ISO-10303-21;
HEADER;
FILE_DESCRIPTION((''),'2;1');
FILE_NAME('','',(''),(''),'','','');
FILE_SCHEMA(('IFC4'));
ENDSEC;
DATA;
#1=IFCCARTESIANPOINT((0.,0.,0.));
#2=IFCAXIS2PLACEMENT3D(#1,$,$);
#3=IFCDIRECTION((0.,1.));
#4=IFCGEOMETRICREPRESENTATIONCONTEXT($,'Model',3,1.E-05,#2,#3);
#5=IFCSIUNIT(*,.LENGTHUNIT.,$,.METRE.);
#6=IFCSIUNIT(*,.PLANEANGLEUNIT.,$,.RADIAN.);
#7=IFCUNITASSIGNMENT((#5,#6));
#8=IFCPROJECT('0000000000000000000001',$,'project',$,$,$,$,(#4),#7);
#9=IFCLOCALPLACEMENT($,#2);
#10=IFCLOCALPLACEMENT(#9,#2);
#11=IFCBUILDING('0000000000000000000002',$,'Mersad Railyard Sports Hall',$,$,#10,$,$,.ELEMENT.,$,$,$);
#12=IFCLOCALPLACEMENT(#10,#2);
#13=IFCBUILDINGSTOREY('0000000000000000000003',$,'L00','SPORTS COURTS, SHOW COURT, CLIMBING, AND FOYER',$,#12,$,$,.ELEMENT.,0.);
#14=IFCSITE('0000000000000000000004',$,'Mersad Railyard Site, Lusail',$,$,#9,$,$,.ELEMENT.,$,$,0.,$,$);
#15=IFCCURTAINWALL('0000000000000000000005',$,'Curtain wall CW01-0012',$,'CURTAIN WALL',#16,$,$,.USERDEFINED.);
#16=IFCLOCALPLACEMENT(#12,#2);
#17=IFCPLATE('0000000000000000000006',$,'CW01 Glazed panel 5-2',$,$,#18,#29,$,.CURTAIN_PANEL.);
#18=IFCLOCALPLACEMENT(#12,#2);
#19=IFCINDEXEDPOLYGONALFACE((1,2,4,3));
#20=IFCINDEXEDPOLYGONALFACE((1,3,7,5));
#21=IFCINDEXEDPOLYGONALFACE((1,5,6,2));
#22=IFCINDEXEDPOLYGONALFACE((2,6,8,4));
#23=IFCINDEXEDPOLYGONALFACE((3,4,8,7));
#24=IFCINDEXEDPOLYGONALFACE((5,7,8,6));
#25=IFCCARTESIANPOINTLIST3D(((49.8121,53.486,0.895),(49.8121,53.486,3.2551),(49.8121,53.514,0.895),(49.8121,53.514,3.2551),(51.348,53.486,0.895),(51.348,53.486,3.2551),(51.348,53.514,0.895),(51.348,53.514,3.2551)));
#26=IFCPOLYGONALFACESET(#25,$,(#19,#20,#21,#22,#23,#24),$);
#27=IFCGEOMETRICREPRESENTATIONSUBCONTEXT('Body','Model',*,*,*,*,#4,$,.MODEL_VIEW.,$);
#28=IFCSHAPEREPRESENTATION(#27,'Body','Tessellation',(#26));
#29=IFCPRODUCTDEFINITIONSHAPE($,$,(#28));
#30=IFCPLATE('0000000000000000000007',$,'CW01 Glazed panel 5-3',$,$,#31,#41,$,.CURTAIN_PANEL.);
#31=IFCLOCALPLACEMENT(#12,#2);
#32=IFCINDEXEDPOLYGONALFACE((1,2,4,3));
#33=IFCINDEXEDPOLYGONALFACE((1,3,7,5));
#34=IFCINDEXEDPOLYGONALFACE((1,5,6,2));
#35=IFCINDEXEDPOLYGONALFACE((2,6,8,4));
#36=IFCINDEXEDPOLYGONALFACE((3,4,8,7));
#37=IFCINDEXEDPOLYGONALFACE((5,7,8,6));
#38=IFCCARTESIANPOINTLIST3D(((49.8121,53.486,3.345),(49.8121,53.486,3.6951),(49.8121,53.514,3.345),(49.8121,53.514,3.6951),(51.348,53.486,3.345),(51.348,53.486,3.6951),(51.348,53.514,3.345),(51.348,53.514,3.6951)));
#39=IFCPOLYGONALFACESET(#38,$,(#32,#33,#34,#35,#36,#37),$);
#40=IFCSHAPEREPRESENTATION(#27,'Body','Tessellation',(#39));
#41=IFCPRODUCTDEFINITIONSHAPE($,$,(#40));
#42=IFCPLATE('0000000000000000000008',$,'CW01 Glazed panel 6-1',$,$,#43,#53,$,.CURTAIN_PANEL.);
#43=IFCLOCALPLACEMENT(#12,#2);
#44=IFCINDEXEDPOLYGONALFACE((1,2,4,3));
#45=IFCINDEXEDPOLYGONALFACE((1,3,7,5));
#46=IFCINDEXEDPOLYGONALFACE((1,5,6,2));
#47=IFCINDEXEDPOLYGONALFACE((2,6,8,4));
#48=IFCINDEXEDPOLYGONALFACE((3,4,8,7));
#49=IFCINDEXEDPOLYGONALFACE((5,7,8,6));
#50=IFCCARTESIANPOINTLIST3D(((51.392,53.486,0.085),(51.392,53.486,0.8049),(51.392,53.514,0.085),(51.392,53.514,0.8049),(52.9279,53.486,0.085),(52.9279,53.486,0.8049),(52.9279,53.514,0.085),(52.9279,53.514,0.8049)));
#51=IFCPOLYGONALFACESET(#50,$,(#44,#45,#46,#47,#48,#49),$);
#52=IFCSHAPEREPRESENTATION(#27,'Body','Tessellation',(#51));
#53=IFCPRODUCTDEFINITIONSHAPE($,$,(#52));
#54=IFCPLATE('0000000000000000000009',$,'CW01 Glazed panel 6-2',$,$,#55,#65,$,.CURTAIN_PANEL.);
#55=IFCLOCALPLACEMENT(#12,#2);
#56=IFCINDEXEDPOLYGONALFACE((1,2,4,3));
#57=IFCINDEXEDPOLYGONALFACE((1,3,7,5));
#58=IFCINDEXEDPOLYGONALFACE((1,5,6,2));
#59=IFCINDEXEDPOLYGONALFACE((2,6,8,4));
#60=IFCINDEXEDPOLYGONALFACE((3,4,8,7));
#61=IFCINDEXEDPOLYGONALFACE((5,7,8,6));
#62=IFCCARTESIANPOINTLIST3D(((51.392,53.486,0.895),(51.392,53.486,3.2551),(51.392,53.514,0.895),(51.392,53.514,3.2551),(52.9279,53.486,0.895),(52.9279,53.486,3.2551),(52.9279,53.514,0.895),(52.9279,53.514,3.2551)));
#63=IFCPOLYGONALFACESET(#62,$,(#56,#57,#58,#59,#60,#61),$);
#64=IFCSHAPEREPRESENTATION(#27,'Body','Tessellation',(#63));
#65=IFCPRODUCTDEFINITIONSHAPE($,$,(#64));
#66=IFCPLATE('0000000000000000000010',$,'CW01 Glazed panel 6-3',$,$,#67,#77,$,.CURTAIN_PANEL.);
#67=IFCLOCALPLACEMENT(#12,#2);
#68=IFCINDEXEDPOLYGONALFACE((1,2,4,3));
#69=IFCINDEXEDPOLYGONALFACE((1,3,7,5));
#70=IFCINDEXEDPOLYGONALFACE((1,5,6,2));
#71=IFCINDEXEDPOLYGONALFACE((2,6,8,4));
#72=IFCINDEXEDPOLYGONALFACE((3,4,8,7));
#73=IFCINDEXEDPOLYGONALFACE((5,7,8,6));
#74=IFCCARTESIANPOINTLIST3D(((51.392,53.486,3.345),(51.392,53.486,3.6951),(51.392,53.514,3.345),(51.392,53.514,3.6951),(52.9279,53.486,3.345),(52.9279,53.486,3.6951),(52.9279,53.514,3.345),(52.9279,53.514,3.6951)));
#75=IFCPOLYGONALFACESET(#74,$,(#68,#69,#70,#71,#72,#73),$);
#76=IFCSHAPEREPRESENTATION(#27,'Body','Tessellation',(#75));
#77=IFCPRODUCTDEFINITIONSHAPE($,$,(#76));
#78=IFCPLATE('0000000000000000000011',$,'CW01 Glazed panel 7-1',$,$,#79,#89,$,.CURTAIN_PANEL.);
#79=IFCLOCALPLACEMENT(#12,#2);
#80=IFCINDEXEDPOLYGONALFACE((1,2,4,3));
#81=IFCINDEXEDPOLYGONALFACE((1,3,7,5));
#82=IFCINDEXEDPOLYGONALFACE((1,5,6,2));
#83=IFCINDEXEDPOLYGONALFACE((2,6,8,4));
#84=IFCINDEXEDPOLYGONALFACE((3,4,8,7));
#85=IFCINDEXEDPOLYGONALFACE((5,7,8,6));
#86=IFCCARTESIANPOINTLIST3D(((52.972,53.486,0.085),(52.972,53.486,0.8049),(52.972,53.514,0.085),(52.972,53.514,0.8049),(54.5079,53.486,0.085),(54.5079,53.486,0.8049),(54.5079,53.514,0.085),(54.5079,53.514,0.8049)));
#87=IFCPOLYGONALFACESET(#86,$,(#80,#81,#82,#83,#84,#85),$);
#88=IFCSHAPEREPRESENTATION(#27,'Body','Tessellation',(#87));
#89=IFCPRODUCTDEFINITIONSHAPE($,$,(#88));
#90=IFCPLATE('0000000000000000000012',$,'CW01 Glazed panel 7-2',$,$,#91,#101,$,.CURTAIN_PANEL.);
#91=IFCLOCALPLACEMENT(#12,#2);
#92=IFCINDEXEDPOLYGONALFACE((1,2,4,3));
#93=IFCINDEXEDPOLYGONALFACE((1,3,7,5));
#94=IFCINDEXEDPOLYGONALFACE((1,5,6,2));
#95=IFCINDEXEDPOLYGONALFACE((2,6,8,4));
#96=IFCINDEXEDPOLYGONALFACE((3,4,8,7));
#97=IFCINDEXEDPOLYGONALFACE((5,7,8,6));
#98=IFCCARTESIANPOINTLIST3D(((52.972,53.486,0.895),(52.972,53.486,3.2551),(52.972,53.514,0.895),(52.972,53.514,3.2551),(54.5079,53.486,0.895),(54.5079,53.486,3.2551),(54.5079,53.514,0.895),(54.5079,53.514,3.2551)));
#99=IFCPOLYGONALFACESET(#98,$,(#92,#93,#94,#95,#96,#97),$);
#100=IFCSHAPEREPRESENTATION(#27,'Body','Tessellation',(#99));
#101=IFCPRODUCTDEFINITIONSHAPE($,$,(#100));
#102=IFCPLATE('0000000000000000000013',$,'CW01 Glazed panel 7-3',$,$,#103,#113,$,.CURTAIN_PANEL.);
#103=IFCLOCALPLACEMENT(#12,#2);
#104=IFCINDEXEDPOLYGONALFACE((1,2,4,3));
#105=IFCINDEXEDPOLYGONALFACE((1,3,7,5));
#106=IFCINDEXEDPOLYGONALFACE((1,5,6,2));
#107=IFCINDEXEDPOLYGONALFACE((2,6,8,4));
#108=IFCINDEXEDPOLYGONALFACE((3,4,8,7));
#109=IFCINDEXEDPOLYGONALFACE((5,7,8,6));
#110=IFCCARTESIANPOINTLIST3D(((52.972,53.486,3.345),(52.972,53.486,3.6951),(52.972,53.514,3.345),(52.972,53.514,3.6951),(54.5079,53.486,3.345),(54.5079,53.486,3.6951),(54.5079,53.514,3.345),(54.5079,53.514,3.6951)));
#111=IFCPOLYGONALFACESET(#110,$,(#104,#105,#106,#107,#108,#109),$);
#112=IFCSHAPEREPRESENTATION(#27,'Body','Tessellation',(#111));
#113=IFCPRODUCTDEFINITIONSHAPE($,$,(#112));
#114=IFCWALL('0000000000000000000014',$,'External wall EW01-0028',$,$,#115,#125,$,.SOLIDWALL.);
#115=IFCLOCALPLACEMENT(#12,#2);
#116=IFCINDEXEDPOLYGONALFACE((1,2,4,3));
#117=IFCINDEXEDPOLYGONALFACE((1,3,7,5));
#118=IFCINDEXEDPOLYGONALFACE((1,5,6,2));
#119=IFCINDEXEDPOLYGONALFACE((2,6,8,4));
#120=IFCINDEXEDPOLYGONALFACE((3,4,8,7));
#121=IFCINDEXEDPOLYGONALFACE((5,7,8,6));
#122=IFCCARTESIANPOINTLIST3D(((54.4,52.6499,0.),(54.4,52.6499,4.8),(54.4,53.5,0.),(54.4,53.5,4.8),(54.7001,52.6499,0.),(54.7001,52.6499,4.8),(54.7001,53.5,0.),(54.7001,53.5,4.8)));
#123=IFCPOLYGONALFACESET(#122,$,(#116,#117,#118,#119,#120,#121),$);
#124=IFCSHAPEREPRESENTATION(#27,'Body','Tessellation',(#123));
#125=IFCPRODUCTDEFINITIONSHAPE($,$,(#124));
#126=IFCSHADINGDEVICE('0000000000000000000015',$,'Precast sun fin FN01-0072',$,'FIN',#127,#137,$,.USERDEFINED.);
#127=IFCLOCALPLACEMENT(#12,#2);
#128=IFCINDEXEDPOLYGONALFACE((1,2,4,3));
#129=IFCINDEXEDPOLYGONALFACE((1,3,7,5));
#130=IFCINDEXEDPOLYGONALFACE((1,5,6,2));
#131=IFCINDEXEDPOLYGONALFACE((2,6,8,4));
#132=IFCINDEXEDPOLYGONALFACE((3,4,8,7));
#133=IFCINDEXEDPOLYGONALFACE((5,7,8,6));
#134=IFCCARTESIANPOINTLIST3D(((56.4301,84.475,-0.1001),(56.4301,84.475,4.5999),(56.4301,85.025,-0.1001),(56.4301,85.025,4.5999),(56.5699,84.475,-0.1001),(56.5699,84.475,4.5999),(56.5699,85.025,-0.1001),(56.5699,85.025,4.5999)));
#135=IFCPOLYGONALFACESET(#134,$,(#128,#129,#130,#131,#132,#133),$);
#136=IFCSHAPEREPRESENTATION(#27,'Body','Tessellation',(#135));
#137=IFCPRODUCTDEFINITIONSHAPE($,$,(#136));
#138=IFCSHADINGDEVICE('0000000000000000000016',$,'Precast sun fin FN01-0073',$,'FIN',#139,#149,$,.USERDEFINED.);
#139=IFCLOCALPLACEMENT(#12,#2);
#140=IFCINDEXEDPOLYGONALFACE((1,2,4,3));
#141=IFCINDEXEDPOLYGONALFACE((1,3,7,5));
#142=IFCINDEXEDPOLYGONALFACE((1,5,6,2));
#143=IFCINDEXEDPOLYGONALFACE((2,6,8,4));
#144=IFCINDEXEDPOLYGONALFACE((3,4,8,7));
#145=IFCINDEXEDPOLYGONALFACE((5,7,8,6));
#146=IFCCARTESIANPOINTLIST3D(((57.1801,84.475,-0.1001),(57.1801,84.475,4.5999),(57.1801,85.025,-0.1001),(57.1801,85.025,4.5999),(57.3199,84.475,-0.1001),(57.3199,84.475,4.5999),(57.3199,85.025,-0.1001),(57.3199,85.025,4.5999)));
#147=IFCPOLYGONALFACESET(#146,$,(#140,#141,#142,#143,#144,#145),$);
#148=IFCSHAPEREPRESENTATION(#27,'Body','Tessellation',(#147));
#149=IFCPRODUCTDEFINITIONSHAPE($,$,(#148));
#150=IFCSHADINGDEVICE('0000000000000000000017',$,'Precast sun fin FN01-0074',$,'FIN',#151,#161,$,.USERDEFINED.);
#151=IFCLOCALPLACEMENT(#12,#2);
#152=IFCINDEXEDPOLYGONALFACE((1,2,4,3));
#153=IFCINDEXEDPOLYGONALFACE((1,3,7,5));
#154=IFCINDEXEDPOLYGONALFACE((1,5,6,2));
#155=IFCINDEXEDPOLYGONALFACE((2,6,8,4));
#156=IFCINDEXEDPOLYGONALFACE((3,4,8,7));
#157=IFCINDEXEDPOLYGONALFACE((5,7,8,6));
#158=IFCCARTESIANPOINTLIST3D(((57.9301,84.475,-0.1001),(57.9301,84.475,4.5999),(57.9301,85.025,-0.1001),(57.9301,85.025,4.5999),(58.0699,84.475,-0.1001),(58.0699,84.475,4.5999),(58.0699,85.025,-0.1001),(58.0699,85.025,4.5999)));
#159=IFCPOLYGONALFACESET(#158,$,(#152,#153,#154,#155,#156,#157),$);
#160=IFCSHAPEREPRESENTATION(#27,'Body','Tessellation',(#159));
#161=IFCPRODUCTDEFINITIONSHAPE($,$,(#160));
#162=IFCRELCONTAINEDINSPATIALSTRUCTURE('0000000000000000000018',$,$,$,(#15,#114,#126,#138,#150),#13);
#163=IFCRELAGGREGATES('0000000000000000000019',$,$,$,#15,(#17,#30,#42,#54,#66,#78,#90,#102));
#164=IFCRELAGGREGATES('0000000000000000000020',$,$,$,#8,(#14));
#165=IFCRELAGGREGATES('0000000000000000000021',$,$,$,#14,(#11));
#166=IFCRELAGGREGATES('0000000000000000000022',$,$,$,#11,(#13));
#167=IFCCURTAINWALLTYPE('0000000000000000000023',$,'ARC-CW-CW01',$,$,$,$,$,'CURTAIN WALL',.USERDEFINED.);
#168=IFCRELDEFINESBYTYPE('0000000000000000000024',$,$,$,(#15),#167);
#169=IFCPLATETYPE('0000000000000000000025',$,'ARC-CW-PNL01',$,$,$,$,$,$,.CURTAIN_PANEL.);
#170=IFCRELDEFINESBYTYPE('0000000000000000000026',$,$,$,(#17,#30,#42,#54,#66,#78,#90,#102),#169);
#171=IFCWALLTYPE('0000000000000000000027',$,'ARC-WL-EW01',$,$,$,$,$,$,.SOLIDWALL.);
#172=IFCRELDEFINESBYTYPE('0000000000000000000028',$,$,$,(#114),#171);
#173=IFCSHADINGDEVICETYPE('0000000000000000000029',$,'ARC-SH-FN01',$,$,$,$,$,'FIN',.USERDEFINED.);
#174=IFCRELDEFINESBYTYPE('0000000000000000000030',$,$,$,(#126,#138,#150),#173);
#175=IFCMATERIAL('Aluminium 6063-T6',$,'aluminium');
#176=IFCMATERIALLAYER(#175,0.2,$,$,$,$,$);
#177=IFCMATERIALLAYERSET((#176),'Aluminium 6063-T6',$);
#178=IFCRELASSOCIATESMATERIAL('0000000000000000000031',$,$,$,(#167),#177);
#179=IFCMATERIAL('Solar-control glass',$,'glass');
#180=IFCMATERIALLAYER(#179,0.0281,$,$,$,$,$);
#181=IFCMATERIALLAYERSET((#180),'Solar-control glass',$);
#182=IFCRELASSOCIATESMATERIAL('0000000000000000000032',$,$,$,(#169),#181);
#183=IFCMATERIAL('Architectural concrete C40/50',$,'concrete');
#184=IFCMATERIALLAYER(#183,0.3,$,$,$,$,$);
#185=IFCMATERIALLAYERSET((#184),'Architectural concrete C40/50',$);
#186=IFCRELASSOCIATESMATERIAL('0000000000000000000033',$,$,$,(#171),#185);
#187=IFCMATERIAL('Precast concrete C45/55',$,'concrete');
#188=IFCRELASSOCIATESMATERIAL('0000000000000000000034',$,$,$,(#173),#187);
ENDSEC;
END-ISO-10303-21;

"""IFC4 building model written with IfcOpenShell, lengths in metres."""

from ifc_helpers import new_model, si_unit, direction, frame, frame_2d, origin, origin_2d, place, context, subcontext, project, spatial, rectangle, extrude, material, layer, layer_set, type_object, element, aggregate, save


model = new_model("IFC4")

# Units and contexts
model_context = context("Model", 3, precision=1e-05, world=origin(), true_north=direction((0.0, 1.0)))
body_context = subcontext(model_context, "Body", "Model", "MODEL_VIEW")
ifc_project = project(units=[si_unit("LENGTHUNIT", "METRE"), si_unit("PLANEANGLEUNIT", "RADIAN")], contexts=[model_context])

# Site, building, storey
site_placement = place(None, origin())
site = spatial("IfcSite", under=ifc_project, at=site_placement, Name="Mersad Railyard Site, Lusail", CompositionType="ELEMENT", RefElevation=0.0)
building_placement = place(site_placement, origin())
building = spatial("IfcBuilding", under=site, at=building_placement, Name="Mersad Railyard Sports Hall", CompositionType="ELEMENT")
storey_placement = place(building_placement, origin())
storey = spatial("IfcBuildingStorey", under=building, at=storey_placement, Name="L00", Description="SPORTS COURTS, SHOW COURT, CLIMBING, AND FOYER", CompositionType="ELEMENT", Elevation=0.0)

# Curtain wall
ifc_material_1 = material(Name="Aluminium 6063-T6", Category="aluminium")
ifc_layer_1 = layer(ifc_material_1, 0.2)
ifc_layer_set_1 = layer_set([ifc_layer_1], Name="Aluminium 6063-T6")
curtain_wall_type = type_object("IfcCurtainWallType", Name="ARC-CW-CW01", ElementType="CURTAIN WALL", PredefinedType="USERDEFINED", material=ifc_layer_set_1)
curtain_wall_placement = place(storey_placement, origin())
curtain_wall = element("IfcCurtainWall", 1, at=curtain_wall_placement, inside=storey, type_object=curtain_wall_type, Name="Curtain wall CW01-0012", ObjectType="CURTAIN WALL", PredefinedType="USERDEFINED")

# Plates
ifc_material_2 = material(Name="Solar-control glass", Category="glass")
ifc_layer_2 = layer(ifc_material_2, 0.0281)
ifc_layer_set_2 = layer_set([ifc_layer_2], Name="Solar-control glass")
plate_type = type_object("IfcPlateType", Name="ARC-CW-PNL01", PredefinedType="CURTAIN_PANEL", material=ifc_layer_set_2)
plate_1_placement = place(storey_placement, frame((50.5801, 53.5, 0.895), z_axis=(0.0, 0.0, 1.0), x_axis=(1.0, 0.0, 0.0)))
plate_1 = element("IfcPlate", 2, at=plate_1_placement, type_object=plate_type, Name="CW01 Glazed panel 5-2", PredefinedType="CURTAIN_PANEL", context=body_context, shape_type="SweptSolid", body=[
    extrude(rectangle(XDim=1.5359, YDim=0.0281, at=origin_2d()), origin(), (0.0, 0.0, 1.0), 2.3601),
])
plate_2_placement = place(storey_placement, frame((50.5801, 53.5, 3.345), z_axis=(0.0, 0.0, 1.0), x_axis=(1.0, 0.0, 0.0)))
plate_2 = element("IfcPlate", 3, at=plate_2_placement, type_object=plate_type, Name="CW01 Glazed panel 5-3", PredefinedType="CURTAIN_PANEL", context=body_context, shape_type="SweptSolid", body=[
    extrude(rectangle(XDim=1.5359, YDim=0.0281, at=origin_2d()), origin(), (0.0, 0.0, 1.0), 0.3501),
])
plate_3_placement = place(storey_placement, frame((52.1599, 53.5, 0.085), z_axis=(0.0, 0.0, 1.0), x_axis=(1.0, 0.0, 0.0)))
plate_3 = element("IfcPlate", 4, at=plate_3_placement, type_object=plate_type, Name="CW01 Glazed panel 6-1", PredefinedType="CURTAIN_PANEL", context=body_context, shape_type="SweptSolid", body=[
    extrude(rectangle(XDim=1.5359, YDim=0.0281, at=origin_2d()), origin(), (0.0, 0.0, 1.0), 0.72),
])
plate_4_placement = place(storey_placement, frame((52.1599, 53.5, 0.895), z_axis=(0.0, 0.0, 1.0), x_axis=(1.0, 0.0, 0.0)))
plate_4 = element("IfcPlate", 5, at=plate_4_placement, type_object=plate_type, Name="CW01 Glazed panel 6-2", PredefinedType="CURTAIN_PANEL", context=body_context, shape_type="SweptSolid", body=[
    extrude(rectangle(XDim=1.5359, YDim=0.0281, at=origin_2d()), origin(), (0.0, 0.0, 1.0), 2.3601),
])
plate_5_placement = place(storey_placement, frame((52.1599, 53.5, 3.345), z_axis=(0.0, 0.0, 1.0), x_axis=(1.0, 0.0, 0.0)))
plate_5 = element("IfcPlate", 6, at=plate_5_placement, type_object=plate_type, Name="CW01 Glazed panel 6-3", PredefinedType="CURTAIN_PANEL", context=body_context, shape_type="SweptSolid", body=[
    extrude(rectangle(XDim=1.5359, YDim=0.0281, at=origin_2d()), origin(), (0.0, 0.0, 1.0), 0.3501),
])
plate_6_placement = place(storey_placement, frame((53.74, 53.5, 0.085), z_axis=(0.0, 0.0, 1.0), x_axis=(1.0, 0.0, 0.0)))
plate_6 = element("IfcPlate", 7, at=plate_6_placement, type_object=plate_type, Name="CW01 Glazed panel 7-1", PredefinedType="CURTAIN_PANEL", context=body_context, shape_type="SweptSolid", body=[
    extrude(rectangle(XDim=1.5359, YDim=0.0281, at=origin_2d()), origin(), (0.0, 0.0, 1.0), 0.72),
])
plate_7_placement = place(storey_placement, frame((53.74, 53.5, 0.895), z_axis=(0.0, 0.0, 1.0), x_axis=(1.0, 0.0, 0.0)))
plate_7 = element("IfcPlate", 8, at=plate_7_placement, type_object=plate_type, Name="CW01 Glazed panel 7-2", PredefinedType="CURTAIN_PANEL", context=body_context, shape_type="SweptSolid", body=[
    extrude(rectangle(XDim=1.5359, YDim=0.0281, at=origin_2d()), origin(), (0.0, 0.0, 1.0), 2.3601),
])
plate_8_placement = place(storey_placement, frame((53.74, 53.5, 3.345), z_axis=(0.0, 0.0, 1.0), x_axis=(1.0, 0.0, 0.0)))
plate_8 = element("IfcPlate", 9, at=plate_8_placement, type_object=plate_type, Name="CW01 Glazed panel 7-3", PredefinedType="CURTAIN_PANEL", context=body_context, shape_type="SweptSolid", body=[
    extrude(rectangle(XDim=1.5359, YDim=0.0281, at=origin_2d()), origin(), (0.0, 0.0, 1.0), 0.3501),
])
aggregate(curtain_wall, [plate_1, plate_2, plate_3, plate_4, plate_5, plate_6, plate_7, plate_8])

# Wall
ifc_material_3 = material(Name="Architectural concrete C40/50", Category="concrete")
ifc_layer_3 = layer(ifc_material_3, 0.3)
ifc_layer_set_3 = layer_set([ifc_layer_3], Name="Architectural concrete C40/50")
wall_type = type_object("IfcWallType", Name="ARC-WL-EW01", PredefinedType="SOLIDWALL", material=ifc_layer_set_3)
wall_placement = place(storey_placement, frame((54.55, 53.5, 0.0), z_axis=(0.0, 0.0, 1.0), x_axis=(0.0, -1.0, 0.0)))
element("IfcWall", 10, at=wall_placement, inside=storey, type_object=wall_type, Name="External wall EW01-0028", PredefinedType="SOLIDWALL", context=body_context, shape_type="SweptSolid", body=[
    extrude(rectangle(XDim=0.8501, YDim=0.3, at=frame_2d((0.425, 0.0))), origin(), (0.0, 0.0, 1.0), 4.8),
])

# Shading devices
ifc_material_4 = material(Name="Precast concrete C45/55", Category="concrete")
shading_device_type = type_object("IfcShadingDeviceType", Name="ARC-SH-FN01", ElementType="FIN", PredefinedType="USERDEFINED", material=ifc_material_4)
for number, where, z_axis, x_axis, name in (
    (11, (56.5, 84.75, -0.1001), (0.0, 0.0, 1.0), (1.0, 0.0, 0.0), "Precast sun fin FN01-0072"),
    (12, (57.25, 84.75, -0.1001), (0.0, 0.0, 1.0), (1.0, 0.0, 0.0), "Precast sun fin FN01-0073"),
    (13, (58.0, 84.75, -0.1001), (0.0, 0.0, 1.0), (1.0, 0.0, 0.0), "Precast sun fin FN01-0074"),
):
    element("IfcShadingDevice", number, at=place(storey_placement, frame(where, z_axis=z_axis, x_axis=x_axis)), inside=storey, type_object=shading_device_type, Name=name, ObjectType="FIN", PredefinedType="USERDEFINED", context=body_context, shape_type="SweptSolid", body=[
        extrude(rectangle(XDim=0.1399, YDim=0.55, at=origin_2d()), origin(), (0.0, 0.0, 1.0), 4.7),
    ])

save(model, "model.ifc")
